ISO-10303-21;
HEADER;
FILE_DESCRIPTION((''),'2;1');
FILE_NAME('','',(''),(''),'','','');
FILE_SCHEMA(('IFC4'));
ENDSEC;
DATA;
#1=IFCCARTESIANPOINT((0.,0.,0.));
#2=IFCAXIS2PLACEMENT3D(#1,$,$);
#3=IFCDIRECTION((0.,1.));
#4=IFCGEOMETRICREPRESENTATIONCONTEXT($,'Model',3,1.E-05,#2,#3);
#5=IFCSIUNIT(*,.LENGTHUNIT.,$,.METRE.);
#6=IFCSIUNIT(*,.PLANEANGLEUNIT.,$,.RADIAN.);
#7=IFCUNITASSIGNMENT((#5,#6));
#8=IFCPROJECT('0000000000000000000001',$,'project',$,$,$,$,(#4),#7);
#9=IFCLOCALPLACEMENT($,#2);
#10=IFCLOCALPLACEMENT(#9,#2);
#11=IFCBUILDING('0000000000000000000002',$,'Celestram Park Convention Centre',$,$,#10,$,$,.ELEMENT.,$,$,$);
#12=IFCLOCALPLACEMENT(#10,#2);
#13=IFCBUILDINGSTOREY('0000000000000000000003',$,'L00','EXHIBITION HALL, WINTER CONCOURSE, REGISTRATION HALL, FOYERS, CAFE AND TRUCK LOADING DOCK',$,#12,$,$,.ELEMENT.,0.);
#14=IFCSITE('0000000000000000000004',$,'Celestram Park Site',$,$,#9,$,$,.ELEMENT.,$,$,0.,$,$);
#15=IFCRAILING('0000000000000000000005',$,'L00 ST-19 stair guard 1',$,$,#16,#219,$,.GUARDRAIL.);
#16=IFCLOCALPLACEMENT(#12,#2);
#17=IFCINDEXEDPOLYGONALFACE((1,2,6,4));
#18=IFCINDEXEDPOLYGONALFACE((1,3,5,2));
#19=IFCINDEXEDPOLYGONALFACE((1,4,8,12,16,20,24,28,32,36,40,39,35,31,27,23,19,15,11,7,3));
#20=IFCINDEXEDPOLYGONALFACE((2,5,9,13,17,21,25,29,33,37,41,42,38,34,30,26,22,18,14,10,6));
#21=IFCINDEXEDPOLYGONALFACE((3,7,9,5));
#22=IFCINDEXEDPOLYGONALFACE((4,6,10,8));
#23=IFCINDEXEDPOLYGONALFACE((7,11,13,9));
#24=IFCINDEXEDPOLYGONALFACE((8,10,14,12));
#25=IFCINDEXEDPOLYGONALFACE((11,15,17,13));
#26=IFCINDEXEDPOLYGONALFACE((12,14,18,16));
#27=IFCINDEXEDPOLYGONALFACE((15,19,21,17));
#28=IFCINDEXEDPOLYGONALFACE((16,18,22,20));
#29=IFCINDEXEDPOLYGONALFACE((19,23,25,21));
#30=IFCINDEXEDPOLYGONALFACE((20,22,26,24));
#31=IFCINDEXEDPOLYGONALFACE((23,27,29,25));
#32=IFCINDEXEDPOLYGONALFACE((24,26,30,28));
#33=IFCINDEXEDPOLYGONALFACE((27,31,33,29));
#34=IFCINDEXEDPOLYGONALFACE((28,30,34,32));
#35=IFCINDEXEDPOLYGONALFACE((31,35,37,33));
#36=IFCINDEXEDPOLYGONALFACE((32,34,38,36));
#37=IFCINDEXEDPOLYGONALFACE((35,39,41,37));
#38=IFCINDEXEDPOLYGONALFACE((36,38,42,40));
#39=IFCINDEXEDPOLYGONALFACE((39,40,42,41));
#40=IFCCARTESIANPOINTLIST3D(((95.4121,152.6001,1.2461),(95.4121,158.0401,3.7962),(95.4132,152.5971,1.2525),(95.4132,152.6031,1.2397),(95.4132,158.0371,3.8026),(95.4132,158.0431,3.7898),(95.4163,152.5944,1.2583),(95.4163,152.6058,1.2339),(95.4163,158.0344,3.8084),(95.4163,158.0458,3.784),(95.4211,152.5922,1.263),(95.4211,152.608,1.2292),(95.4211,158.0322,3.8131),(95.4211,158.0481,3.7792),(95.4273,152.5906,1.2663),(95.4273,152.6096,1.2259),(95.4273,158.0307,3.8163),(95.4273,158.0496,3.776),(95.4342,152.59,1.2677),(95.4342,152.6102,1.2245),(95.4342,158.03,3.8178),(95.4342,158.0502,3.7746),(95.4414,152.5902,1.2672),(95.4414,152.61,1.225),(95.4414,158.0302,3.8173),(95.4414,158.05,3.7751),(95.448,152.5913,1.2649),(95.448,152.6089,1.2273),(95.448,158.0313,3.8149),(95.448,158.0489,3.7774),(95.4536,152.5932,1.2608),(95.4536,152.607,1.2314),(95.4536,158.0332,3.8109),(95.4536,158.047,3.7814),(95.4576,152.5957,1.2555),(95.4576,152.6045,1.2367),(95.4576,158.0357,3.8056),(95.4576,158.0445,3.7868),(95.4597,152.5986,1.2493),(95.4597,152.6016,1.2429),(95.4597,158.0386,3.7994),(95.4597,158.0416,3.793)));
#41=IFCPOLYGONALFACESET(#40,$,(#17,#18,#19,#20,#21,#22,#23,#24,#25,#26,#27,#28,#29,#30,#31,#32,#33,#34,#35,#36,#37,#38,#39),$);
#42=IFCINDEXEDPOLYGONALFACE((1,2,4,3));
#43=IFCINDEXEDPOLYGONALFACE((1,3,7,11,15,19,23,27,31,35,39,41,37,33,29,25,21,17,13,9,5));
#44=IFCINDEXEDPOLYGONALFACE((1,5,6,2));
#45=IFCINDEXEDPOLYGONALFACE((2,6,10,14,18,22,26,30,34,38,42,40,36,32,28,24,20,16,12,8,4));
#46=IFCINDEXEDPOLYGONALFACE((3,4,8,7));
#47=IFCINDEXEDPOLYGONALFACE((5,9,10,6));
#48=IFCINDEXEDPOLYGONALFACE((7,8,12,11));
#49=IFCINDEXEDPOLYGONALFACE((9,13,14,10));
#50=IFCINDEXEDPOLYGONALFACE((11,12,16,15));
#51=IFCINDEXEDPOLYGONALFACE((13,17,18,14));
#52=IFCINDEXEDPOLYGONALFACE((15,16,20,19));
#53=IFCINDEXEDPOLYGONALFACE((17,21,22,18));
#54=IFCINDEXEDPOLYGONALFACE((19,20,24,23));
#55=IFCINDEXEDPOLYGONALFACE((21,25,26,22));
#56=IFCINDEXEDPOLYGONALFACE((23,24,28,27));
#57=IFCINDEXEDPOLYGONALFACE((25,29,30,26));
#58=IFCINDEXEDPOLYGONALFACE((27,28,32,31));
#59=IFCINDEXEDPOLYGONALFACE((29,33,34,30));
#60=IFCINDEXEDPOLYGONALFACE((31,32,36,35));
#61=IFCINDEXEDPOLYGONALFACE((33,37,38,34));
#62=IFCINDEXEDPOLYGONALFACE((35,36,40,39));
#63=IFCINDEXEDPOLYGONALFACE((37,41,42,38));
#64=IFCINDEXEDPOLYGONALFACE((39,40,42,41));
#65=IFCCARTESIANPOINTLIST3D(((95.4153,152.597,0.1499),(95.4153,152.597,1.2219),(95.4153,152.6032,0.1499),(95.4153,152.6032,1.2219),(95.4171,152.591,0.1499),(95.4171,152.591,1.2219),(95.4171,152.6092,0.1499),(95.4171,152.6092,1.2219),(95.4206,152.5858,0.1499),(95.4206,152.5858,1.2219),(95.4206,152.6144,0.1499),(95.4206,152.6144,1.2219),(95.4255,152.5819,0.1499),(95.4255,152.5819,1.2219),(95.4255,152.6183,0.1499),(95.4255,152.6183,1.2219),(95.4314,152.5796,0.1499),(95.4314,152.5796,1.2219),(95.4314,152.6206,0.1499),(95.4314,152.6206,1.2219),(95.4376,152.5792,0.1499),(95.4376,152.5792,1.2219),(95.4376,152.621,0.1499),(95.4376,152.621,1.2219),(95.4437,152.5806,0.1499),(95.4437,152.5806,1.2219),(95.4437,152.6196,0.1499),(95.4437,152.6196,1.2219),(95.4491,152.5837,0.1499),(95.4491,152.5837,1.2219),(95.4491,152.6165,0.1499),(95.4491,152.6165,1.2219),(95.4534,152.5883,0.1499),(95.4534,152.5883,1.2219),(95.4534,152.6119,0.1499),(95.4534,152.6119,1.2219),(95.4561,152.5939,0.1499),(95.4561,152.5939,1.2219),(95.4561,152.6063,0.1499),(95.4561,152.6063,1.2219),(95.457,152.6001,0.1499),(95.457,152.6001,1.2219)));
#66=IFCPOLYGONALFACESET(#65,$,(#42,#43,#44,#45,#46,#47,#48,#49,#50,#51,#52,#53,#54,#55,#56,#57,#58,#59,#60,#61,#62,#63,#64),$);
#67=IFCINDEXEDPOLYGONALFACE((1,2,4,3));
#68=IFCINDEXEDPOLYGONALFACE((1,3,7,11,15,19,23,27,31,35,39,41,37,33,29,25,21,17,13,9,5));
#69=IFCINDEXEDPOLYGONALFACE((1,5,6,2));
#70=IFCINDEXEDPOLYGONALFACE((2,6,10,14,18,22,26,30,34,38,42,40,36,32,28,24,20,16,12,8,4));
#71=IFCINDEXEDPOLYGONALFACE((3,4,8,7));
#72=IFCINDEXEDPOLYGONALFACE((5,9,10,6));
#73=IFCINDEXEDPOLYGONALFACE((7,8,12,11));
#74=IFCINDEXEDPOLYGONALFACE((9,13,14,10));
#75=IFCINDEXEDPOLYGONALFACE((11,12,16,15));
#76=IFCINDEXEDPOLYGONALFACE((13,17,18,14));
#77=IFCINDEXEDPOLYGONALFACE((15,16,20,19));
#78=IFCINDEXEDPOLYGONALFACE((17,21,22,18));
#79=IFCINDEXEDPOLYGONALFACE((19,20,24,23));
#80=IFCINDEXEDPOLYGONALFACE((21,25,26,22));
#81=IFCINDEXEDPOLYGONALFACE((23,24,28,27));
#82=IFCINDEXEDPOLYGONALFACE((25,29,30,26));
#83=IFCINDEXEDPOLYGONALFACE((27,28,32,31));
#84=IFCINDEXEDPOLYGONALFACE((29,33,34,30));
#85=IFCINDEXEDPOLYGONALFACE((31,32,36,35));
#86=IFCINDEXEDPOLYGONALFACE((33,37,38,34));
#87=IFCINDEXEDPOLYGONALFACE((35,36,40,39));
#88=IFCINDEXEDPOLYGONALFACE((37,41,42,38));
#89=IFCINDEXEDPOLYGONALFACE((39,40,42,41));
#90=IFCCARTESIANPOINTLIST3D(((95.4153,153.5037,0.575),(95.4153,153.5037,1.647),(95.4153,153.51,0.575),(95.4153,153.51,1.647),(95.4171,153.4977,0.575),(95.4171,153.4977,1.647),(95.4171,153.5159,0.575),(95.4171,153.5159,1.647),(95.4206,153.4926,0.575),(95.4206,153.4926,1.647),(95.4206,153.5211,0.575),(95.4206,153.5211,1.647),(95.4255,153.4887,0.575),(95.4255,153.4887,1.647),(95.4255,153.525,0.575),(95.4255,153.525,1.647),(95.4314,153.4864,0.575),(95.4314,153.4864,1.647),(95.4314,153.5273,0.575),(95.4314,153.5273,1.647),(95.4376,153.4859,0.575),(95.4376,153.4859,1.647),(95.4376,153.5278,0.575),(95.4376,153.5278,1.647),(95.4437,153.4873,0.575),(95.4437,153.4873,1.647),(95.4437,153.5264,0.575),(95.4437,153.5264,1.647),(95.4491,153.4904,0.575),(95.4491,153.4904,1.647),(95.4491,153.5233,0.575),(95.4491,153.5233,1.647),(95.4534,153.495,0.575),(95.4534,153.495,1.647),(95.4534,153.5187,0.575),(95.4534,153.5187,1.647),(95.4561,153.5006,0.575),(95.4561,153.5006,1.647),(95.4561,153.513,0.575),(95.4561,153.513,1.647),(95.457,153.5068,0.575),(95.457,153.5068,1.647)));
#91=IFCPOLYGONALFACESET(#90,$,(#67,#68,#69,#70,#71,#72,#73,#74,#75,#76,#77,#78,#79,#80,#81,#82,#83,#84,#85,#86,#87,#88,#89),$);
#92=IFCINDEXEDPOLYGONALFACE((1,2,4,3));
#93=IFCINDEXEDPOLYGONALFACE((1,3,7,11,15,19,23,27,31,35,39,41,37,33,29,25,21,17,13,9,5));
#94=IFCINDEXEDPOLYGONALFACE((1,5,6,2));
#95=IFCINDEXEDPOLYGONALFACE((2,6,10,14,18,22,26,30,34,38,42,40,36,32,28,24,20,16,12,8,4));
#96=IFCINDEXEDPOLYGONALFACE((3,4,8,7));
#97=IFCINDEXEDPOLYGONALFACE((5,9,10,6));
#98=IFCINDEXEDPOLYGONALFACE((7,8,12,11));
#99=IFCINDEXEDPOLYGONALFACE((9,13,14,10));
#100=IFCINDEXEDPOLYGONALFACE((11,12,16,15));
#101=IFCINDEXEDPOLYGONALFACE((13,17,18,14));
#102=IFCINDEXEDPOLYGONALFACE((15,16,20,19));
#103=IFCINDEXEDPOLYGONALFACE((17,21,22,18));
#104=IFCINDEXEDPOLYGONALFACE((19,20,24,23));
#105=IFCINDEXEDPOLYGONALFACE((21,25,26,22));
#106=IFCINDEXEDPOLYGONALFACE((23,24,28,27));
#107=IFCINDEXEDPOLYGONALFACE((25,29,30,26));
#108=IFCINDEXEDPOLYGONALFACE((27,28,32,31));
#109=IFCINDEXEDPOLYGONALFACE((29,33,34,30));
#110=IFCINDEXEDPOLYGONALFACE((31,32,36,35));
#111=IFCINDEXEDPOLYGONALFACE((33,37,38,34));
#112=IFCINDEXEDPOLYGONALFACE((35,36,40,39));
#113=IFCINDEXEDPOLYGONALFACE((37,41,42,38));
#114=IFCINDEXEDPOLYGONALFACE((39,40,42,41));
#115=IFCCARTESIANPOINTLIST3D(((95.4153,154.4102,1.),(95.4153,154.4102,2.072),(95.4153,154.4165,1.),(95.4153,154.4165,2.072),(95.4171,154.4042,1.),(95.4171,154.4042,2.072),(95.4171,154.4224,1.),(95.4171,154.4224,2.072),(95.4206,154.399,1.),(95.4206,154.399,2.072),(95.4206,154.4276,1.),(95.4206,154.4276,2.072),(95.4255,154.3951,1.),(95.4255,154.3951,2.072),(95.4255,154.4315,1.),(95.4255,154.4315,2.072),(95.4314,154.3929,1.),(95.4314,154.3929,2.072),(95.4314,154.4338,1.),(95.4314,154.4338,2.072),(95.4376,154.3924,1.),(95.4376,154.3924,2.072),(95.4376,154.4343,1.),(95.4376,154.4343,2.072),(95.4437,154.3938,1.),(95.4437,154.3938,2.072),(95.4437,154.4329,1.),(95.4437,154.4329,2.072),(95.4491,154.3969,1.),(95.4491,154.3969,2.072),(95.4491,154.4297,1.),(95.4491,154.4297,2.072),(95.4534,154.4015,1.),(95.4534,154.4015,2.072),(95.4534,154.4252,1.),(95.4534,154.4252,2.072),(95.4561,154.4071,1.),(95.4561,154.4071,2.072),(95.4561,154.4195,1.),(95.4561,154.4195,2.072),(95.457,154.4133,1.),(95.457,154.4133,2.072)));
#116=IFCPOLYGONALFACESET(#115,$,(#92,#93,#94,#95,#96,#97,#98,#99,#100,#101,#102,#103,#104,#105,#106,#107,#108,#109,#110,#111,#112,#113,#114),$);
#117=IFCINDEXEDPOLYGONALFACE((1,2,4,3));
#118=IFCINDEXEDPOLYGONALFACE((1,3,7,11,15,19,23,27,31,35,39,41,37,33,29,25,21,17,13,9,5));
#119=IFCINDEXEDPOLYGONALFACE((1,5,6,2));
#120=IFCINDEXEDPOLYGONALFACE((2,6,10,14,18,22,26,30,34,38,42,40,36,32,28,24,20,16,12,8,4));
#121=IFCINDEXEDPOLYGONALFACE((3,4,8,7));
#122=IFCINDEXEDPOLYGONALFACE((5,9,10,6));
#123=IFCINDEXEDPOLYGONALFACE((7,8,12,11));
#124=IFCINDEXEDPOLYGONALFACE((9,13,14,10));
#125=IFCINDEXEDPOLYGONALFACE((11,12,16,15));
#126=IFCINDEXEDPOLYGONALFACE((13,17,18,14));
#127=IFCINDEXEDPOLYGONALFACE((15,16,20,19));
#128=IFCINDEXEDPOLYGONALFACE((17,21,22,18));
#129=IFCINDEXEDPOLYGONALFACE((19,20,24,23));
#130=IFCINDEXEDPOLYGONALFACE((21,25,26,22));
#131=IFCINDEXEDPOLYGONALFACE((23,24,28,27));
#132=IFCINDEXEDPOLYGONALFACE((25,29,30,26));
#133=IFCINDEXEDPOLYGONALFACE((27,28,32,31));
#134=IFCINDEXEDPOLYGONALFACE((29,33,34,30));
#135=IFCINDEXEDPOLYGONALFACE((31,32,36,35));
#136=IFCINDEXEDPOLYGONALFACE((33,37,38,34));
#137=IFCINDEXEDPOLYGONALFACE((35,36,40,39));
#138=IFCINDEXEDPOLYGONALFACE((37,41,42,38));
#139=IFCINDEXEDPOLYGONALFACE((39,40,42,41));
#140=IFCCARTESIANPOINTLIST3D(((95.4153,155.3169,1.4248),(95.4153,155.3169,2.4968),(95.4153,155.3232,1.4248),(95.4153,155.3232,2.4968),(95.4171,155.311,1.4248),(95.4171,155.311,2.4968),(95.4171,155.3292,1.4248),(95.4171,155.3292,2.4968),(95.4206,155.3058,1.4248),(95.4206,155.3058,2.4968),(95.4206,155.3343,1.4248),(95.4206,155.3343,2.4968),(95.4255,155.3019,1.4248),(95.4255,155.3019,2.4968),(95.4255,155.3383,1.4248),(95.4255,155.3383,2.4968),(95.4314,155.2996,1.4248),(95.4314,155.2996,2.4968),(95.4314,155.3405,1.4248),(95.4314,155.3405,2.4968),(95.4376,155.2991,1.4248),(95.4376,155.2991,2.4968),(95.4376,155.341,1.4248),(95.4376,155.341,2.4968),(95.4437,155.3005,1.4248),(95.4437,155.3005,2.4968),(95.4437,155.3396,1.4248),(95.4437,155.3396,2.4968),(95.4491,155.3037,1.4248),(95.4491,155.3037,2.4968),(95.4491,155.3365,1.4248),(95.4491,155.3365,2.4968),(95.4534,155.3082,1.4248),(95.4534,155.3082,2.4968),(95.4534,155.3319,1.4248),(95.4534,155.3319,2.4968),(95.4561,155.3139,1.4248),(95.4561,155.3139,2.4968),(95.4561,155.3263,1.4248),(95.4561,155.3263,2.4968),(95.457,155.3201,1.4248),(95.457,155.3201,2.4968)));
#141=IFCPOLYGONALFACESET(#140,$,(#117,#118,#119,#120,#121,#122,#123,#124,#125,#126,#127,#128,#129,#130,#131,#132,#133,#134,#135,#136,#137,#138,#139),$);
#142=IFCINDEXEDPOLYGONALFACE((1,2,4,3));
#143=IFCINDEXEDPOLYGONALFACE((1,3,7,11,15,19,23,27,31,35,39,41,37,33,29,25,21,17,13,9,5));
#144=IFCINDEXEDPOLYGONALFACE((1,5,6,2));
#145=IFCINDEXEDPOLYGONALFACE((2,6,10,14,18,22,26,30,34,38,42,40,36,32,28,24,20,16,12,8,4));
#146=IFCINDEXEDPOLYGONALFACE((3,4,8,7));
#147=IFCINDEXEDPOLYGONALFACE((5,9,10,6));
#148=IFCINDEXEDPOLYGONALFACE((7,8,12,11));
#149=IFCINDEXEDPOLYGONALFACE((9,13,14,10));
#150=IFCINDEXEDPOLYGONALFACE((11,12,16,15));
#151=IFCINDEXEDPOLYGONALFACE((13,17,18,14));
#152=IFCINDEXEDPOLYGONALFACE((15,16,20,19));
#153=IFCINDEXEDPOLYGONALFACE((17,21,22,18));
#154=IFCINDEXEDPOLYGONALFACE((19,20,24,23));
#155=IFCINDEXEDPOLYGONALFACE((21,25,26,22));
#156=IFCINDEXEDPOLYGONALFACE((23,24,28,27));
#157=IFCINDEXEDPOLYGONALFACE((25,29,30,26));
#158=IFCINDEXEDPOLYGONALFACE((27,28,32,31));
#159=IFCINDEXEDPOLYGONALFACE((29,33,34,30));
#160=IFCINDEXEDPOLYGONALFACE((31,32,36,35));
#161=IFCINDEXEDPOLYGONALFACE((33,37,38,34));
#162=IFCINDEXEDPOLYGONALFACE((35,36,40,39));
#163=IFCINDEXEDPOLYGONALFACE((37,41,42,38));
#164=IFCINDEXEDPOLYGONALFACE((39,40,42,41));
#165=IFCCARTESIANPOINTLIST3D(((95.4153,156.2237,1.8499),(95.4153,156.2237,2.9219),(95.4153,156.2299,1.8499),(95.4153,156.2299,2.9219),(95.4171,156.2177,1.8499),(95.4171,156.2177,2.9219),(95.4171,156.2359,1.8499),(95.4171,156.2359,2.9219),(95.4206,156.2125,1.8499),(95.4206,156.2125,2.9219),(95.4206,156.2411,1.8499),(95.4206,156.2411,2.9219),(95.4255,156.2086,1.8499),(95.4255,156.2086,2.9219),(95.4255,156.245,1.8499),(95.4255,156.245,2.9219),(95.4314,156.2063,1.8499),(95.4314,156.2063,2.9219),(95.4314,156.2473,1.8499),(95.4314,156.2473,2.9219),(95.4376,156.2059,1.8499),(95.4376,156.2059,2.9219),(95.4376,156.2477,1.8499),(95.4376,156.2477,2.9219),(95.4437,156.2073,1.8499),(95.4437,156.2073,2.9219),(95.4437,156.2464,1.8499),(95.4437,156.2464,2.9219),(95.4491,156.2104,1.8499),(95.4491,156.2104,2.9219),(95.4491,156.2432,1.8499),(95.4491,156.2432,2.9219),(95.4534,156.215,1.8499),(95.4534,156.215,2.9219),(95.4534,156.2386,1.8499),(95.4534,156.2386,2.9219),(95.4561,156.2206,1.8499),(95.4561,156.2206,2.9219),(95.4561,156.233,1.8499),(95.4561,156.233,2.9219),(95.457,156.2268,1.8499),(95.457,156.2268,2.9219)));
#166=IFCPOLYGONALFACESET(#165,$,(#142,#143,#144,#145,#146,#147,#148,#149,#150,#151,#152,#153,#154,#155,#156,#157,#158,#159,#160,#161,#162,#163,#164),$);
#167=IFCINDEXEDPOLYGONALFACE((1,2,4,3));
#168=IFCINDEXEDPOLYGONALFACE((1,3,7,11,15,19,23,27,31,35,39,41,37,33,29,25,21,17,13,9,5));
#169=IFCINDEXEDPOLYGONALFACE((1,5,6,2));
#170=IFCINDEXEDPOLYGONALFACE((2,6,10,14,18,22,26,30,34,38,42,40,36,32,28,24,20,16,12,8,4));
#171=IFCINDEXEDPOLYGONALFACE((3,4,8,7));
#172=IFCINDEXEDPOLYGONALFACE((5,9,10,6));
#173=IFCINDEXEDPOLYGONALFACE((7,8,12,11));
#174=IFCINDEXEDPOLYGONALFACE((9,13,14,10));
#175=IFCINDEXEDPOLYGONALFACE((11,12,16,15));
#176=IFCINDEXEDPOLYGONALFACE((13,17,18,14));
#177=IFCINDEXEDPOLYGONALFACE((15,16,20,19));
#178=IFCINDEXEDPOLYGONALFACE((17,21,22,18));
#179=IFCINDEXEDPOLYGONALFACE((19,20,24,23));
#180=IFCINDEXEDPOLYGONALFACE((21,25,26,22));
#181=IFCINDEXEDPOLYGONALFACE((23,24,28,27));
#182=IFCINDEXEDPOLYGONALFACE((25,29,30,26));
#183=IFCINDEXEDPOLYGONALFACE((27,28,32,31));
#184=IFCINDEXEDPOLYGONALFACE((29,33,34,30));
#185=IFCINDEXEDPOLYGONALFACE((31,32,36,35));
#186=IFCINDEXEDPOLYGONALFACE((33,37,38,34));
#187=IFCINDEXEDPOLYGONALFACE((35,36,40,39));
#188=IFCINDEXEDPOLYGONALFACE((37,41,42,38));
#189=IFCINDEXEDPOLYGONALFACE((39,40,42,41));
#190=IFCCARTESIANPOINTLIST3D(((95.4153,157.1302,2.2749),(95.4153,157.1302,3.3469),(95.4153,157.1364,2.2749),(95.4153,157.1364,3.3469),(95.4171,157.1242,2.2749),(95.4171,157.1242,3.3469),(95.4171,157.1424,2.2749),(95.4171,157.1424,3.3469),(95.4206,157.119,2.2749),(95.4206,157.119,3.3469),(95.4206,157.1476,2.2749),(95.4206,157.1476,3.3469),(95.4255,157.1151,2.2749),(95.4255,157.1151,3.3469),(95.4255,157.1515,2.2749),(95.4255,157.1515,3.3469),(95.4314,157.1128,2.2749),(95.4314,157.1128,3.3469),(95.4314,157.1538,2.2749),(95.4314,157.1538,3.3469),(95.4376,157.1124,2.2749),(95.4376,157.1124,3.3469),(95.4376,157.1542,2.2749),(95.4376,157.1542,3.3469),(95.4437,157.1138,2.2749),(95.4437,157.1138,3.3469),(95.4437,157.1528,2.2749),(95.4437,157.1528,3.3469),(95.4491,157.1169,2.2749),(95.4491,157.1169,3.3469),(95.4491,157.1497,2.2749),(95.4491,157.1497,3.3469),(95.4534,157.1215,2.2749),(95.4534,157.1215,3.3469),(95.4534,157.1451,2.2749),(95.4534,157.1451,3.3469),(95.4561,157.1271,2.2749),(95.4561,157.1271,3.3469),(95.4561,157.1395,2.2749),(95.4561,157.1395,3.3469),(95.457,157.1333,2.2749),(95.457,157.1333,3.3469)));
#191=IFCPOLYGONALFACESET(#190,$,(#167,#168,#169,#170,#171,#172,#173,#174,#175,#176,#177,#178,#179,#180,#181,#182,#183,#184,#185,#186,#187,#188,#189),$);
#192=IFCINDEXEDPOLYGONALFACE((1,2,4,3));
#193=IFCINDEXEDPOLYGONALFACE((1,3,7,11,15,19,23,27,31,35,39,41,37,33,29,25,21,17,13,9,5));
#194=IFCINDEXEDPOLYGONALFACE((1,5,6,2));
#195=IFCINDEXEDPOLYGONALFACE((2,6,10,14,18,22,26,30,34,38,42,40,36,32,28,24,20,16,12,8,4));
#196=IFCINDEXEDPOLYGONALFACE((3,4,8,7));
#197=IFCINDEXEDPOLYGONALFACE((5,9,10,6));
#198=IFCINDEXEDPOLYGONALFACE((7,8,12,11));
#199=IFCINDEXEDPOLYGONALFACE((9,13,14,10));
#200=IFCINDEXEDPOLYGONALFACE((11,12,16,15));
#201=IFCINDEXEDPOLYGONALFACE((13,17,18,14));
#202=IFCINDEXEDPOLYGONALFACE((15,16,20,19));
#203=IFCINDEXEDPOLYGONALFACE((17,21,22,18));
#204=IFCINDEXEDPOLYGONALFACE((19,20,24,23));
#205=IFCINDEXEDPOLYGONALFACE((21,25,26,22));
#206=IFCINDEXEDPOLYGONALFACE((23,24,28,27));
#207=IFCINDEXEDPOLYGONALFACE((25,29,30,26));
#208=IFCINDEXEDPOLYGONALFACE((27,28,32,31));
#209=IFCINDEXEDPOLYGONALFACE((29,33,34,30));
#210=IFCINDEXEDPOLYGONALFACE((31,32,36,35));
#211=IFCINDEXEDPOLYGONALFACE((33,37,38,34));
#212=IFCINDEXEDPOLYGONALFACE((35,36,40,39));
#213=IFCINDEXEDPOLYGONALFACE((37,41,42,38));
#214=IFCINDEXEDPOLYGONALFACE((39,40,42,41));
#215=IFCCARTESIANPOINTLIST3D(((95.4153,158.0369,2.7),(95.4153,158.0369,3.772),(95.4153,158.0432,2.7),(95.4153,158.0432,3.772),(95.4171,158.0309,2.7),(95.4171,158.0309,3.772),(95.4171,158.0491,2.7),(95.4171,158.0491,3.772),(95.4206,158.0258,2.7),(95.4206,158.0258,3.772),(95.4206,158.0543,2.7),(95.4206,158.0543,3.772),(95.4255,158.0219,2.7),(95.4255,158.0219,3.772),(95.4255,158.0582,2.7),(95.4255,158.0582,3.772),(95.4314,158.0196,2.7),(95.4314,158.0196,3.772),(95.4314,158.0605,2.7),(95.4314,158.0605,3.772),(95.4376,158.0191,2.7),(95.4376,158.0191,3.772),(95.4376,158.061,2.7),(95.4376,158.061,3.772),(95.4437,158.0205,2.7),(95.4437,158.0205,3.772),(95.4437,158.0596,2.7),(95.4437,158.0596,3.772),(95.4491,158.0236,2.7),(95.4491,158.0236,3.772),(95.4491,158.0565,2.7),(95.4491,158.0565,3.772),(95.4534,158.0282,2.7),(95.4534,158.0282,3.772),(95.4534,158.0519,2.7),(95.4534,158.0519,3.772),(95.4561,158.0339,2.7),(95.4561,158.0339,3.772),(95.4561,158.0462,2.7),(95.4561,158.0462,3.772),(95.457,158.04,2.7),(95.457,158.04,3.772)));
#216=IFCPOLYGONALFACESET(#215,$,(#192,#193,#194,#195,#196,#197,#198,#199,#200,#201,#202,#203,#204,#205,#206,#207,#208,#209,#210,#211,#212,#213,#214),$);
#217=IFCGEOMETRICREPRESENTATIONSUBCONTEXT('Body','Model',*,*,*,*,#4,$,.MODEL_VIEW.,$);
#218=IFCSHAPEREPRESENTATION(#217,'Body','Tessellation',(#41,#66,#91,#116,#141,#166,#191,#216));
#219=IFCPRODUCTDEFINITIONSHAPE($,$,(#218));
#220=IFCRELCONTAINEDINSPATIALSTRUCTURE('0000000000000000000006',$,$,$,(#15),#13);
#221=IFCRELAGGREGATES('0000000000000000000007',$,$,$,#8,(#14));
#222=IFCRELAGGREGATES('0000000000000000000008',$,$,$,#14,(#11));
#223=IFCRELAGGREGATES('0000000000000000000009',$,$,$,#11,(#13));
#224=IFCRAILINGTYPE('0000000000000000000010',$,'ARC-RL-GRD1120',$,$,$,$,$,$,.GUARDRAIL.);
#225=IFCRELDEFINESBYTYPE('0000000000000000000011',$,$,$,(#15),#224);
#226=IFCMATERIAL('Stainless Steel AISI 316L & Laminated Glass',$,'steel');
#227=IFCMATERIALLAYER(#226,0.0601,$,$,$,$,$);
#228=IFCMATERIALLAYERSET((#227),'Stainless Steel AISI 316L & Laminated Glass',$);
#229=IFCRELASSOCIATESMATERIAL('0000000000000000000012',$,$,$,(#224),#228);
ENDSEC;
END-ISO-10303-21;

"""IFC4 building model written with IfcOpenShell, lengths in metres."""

from ifc_helpers import new_model, si_unit, direction, frame, origin, origin_2d, place, context, subcontext, project, spatial, circle, extrude, material, layer, layer_set, type_object, element, save


model = new_model("IFC4")

# Units and contexts
model_context = context("Model", 3, precision=1e-05, world=origin(), true_north=direction((0.0, 1.0)))
body_context = subcontext(model_context, "Body", "Model", "MODEL_VIEW")
ifc_project = project(units=[si_unit("LENGTHUNIT", "METRE"), si_unit("PLANEANGLEUNIT", "RADIAN")], contexts=[model_context])

# Site, building, storey
site_placement = place(None, origin())
site = spatial("IfcSite", under=ifc_project, at=site_placement, Name="Celestram Park Site", CompositionType="ELEMENT", RefElevation=0.0)
building_placement = place(site_placement, origin())
building = spatial("IfcBuilding", under=site, at=building_placement, Name="Celestram Park Convention Centre", CompositionType="ELEMENT")
storey_placement = place(building_placement, origin())
storey = spatial("IfcBuildingStorey", under=building, at=storey_placement, Name="L00", Description="EXHIBITION HALL, WINTER CONCOURSE, REGISTRATION HALL, FOYERS, CAFE AND TRUCK LOADING DOCK", CompositionType="ELEMENT", Elevation=0.0)

# Railing
ifc_material_1 = material(Name="Stainless Steel AISI 316L & Laminated Glass", Category="steel")
ifc_layer_1 = layer(ifc_material_1, 0.0601)
ifc_layer_set_1 = layer_set([ifc_layer_1], Name="Stainless Steel AISI 316L & Laminated Glass")
railing_type_1 = type_object("IfcRailingType", Name="ARC-RL-GRD1120", PredefinedType="GUARDRAIL", material=ifc_layer_set_1)
railing_1_placement = place(storey_placement, frame((95.436, 152.6001, 0.1499)))
element("IfcRailing", 1, at=railing_1_placement, inside=storey, type_object=railing_type_1, Name="L00 ST-19 stair guard 1", PredefinedType="GUARDRAIL", context=body_context, shape_type="SweptSolid", body=[
    extrude(circle(Radius=0.0239, at=origin_2d()), frame((0.0, 0.0, 1.0962), z_axis=(0.0, 0.905454, 0.424444), x_axis=(-1.0, 0.0, 0.0)), (0.0, 0.0, 1.0), 6.0081),
    extrude(circle(Radius=0.021, at=origin_2d()), origin(), (0.0, 0.0, 1.0), 1.072),
    extrude(circle(Radius=0.021, at=origin_2d()), frame((0.0, 0.9067, 0.425)), (0.0, 0.0, 1.0), 1.072),
    extrude(circle(Radius=0.021, at=origin_2d()), frame((0.0, 1.8132, 0.8501)), (0.0, 0.0, 1.0), 1.072),
    extrude(circle(Radius=0.021, at=origin_2d()), frame((0.0, 2.72, 1.2749)), (0.0, 0.0, 1.0), 1.072),
    extrude(circle(Radius=0.021, at=origin_2d()), frame((0.0, 3.6267, 1.7)), (0.0, 0.0, 1.0), 1.072),
    extrude(circle(Radius=0.021, at=origin_2d()), frame((0.0, 4.5332, 2.125)), (0.0, 0.0, 1.0), 1.072),
    extrude(circle(Radius=0.021, at=origin_2d()), frame((0.0, 5.4399, 2.55)), (0.0, 0.0, 1.0), 1.072),
])

save(model, "model.ifc")
